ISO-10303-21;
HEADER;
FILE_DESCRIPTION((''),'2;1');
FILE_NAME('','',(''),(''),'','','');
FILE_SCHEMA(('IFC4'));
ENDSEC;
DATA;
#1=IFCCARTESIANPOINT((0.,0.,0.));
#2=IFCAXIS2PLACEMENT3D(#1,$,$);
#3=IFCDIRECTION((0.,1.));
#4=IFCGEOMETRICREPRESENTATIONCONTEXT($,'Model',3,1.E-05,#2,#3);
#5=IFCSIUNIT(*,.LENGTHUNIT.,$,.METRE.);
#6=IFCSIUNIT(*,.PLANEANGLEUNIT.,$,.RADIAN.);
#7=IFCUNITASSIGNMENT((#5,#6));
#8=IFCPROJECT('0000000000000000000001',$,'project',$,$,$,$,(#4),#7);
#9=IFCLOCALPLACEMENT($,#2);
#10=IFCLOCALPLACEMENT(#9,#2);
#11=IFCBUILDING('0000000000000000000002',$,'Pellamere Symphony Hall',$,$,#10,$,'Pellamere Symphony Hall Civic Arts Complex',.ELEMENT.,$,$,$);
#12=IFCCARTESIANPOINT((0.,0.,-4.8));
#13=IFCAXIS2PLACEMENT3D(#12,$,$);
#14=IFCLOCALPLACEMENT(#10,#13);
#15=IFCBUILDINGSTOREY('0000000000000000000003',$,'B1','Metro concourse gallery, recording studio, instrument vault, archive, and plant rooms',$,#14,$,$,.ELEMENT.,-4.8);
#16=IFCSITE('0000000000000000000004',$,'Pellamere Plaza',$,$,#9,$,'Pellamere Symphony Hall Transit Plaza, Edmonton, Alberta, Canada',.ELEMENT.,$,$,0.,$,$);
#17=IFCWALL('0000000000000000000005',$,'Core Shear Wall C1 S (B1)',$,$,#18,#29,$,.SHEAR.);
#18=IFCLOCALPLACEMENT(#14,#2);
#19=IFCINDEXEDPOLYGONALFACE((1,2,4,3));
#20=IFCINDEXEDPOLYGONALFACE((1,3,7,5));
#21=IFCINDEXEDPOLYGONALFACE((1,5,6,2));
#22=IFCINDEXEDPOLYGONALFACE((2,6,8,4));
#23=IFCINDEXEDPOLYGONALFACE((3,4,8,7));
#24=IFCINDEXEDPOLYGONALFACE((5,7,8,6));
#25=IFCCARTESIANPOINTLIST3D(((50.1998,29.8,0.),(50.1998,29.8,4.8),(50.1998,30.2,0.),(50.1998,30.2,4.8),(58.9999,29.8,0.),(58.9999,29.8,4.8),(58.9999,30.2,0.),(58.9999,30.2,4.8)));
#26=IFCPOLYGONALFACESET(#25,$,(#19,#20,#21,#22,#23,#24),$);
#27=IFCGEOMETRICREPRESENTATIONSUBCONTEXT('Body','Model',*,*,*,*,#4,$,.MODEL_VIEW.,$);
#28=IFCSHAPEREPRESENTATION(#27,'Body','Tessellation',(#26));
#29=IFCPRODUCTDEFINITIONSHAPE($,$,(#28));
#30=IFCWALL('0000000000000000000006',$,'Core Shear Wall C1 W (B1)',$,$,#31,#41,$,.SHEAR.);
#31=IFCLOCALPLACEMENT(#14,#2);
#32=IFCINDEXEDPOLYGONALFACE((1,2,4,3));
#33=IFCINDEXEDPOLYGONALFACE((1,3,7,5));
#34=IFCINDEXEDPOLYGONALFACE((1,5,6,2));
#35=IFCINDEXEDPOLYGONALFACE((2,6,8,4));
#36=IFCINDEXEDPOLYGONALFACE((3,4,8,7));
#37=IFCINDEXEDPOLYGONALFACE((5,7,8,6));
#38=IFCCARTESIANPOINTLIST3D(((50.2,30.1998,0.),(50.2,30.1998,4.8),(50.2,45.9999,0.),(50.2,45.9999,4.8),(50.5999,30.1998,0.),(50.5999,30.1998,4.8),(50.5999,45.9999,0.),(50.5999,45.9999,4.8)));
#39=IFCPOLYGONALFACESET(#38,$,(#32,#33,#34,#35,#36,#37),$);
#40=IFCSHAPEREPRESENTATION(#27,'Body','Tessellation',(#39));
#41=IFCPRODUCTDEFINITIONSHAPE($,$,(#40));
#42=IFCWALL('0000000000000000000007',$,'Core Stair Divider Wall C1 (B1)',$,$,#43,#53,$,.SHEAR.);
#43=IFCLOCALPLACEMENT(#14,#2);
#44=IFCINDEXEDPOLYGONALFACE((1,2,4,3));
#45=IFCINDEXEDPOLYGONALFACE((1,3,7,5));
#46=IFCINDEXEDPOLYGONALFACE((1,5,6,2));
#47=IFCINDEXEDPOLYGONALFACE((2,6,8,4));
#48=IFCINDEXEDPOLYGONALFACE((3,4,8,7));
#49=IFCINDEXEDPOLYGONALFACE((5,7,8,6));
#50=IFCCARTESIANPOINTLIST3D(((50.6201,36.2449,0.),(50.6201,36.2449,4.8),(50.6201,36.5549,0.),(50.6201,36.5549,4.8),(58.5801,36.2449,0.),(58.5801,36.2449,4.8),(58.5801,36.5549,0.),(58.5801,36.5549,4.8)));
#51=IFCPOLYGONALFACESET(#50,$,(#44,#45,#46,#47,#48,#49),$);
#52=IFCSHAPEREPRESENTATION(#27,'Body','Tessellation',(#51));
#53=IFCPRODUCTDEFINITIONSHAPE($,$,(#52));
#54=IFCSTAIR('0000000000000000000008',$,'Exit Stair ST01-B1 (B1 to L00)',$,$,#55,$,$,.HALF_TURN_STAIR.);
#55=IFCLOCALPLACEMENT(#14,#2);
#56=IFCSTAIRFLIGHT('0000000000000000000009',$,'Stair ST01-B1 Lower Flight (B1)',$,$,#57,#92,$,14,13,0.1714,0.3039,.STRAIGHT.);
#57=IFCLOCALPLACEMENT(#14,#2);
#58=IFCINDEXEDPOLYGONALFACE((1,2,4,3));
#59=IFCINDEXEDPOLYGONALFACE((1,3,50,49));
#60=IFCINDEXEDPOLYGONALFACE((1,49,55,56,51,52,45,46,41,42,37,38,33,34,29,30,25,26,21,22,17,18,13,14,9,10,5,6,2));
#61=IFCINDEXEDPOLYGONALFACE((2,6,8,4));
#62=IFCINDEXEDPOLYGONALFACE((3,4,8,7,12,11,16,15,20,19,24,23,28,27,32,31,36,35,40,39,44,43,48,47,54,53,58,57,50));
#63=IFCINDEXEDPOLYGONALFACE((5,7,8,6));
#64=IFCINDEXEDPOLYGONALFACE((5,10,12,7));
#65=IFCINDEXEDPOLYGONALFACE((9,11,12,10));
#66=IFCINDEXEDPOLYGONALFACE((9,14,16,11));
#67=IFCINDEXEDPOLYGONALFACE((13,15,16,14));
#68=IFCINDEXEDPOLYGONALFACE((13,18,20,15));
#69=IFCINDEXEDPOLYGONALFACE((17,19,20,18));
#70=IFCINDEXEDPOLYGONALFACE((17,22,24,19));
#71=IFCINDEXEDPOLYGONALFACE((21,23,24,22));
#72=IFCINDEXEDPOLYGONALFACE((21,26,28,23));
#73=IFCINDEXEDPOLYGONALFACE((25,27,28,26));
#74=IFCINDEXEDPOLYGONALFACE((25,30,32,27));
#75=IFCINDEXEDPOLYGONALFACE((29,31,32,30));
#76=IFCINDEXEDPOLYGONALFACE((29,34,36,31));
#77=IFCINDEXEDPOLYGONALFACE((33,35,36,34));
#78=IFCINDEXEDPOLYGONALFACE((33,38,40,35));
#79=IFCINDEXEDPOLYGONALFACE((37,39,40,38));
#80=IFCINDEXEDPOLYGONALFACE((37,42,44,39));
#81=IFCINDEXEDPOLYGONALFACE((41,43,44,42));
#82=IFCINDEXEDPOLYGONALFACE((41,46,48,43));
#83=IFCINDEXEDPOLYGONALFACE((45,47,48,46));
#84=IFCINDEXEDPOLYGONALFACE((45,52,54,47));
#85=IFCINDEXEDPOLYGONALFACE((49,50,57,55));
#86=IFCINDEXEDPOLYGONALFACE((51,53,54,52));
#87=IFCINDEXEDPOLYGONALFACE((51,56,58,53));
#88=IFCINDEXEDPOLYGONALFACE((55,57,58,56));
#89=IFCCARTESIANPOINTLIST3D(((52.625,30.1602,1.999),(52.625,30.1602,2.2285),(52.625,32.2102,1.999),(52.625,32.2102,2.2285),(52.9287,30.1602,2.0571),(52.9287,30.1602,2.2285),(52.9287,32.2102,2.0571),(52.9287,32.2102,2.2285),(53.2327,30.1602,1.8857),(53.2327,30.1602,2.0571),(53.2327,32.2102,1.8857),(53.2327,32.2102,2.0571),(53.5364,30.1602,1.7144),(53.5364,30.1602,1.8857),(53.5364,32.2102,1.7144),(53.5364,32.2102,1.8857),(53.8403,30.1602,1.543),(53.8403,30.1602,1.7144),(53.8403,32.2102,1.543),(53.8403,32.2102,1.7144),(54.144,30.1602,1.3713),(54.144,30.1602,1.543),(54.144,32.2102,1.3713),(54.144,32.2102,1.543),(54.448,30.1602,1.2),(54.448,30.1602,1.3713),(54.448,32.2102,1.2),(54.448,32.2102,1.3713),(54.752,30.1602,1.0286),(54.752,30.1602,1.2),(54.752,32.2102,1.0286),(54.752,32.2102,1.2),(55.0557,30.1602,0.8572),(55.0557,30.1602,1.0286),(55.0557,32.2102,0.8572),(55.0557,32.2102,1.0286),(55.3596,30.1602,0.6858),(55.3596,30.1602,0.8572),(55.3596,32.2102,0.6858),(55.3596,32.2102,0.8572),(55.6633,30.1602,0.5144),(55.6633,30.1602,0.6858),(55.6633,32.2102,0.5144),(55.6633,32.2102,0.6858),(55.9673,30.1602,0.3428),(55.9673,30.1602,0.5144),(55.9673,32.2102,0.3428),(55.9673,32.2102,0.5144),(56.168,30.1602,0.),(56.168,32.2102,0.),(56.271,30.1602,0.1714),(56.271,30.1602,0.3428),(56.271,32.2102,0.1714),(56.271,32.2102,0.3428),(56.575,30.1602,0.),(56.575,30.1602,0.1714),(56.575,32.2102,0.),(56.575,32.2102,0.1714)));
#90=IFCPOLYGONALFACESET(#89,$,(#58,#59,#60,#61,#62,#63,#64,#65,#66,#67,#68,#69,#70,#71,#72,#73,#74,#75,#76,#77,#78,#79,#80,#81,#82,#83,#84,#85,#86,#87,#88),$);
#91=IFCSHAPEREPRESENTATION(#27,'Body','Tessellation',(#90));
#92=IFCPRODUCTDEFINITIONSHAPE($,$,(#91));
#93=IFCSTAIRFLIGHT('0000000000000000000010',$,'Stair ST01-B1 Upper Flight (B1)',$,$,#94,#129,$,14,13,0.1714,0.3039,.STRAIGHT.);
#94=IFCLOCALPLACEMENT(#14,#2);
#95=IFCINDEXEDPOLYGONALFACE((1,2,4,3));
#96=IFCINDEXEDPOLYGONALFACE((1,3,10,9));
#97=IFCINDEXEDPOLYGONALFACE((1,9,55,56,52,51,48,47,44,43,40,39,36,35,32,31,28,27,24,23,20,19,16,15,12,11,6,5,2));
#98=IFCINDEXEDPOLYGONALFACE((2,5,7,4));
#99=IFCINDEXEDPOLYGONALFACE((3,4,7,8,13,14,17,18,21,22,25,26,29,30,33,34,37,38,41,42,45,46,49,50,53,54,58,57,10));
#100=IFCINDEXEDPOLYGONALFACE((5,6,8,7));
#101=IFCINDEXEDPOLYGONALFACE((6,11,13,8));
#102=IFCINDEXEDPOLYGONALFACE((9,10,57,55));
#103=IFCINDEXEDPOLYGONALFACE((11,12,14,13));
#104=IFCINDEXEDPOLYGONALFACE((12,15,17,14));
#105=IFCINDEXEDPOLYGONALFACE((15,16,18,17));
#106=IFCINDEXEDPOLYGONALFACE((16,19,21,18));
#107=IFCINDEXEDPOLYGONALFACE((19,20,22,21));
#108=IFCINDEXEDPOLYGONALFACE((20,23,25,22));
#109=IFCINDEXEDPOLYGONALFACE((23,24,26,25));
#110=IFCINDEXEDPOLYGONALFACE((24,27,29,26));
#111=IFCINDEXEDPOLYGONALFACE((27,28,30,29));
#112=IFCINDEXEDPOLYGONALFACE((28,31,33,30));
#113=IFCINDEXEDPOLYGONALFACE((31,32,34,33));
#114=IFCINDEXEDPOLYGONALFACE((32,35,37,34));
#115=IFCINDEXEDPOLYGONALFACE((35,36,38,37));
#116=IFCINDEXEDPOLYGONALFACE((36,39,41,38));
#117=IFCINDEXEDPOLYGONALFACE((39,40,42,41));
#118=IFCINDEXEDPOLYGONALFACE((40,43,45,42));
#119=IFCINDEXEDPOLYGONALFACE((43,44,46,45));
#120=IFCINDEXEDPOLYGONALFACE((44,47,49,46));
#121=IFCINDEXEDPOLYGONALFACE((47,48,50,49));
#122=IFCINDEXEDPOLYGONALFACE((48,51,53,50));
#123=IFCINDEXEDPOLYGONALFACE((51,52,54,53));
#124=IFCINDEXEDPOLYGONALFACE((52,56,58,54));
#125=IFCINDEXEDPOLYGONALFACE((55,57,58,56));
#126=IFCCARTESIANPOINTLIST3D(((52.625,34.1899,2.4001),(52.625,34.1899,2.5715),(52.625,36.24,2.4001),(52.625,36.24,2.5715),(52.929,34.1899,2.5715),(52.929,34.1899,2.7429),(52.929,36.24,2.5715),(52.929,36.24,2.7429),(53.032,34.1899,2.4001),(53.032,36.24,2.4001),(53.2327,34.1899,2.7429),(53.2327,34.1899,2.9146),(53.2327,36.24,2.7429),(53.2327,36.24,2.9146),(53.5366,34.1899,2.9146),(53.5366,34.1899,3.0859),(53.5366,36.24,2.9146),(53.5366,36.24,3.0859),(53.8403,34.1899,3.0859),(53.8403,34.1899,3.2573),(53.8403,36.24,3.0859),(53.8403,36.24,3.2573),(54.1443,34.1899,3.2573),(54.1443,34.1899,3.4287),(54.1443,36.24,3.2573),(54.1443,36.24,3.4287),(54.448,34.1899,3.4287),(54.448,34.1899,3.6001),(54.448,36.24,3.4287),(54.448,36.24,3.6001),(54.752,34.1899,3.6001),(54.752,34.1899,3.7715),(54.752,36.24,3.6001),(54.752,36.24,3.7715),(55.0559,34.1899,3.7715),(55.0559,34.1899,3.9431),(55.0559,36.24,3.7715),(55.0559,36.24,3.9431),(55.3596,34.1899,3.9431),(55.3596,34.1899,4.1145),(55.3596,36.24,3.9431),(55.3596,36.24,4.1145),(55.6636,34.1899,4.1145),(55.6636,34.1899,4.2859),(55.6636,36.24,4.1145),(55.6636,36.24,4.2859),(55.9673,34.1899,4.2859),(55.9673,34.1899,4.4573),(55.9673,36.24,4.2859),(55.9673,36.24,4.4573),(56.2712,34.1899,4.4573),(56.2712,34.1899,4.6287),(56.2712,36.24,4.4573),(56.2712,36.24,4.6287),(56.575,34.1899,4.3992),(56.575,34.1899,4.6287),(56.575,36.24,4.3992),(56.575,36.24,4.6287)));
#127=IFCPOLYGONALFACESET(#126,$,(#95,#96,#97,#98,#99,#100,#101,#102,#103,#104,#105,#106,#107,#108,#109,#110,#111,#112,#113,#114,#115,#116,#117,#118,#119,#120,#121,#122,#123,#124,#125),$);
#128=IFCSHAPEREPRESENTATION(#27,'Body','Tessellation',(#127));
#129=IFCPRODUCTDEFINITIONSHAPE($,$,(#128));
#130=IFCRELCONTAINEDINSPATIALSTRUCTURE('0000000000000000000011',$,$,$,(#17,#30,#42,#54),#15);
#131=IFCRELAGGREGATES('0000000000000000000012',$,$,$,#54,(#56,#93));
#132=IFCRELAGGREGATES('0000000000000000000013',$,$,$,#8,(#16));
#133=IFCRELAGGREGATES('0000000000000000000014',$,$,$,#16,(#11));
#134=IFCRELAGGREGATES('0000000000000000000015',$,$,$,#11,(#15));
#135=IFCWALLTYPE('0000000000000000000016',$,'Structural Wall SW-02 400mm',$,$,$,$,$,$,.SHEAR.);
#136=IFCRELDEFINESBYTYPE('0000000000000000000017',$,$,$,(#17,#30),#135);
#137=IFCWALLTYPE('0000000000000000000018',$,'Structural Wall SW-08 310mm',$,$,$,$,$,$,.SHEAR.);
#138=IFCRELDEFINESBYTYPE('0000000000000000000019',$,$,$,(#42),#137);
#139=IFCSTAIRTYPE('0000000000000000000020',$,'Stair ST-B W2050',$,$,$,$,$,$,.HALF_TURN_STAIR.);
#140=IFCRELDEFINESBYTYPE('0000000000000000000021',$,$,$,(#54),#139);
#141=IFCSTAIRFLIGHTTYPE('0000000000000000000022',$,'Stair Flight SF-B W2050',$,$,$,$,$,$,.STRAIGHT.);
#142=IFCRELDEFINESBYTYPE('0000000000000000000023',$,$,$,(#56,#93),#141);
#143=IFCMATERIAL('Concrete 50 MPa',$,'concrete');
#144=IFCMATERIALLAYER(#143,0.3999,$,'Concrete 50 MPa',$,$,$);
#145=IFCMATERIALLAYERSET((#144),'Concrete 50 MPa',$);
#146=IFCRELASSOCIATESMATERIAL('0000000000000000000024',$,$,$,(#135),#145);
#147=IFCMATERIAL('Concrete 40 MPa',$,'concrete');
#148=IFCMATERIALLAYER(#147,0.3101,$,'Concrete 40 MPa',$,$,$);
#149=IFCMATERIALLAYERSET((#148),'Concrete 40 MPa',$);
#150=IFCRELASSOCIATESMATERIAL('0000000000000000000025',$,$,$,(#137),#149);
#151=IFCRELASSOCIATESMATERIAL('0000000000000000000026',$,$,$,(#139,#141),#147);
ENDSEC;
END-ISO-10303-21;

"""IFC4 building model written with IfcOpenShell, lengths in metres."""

from ifc_helpers import new_model, si_unit, direction, frame, frame_2d, origin, place, context, subcontext, project, spatial, polyline, rectangle, outline, extrude, material, layer, layer_set, type_object, element, aggregate, save


model = new_model("IFC4")

# Units and contexts
model_context = context("Model", 3, precision=1e-05, world=origin(), true_north=direction((0.0, 1.0)))
body_context = subcontext(model_context, "Body", "Model", "MODEL_VIEW")
ifc_project = project(units=[si_unit("LENGTHUNIT", "METRE"), si_unit("PLANEANGLEUNIT", "RADIAN")], contexts=[model_context])

# Site, building, storey
site_placement = place(None, origin())
site = spatial("IfcSite", under=ifc_project, at=site_placement, Name="Pellamere Plaza", LongName="Pellamere Symphony Hall Transit Plaza, Edmonton, Alberta, Canada", CompositionType="ELEMENT", RefElevation=0.0)
building_placement = place(site_placement, origin())
building = spatial("IfcBuilding", under=site, at=building_placement, Name="Pellamere Symphony Hall", LongName="Pellamere Symphony Hall Civic Arts Complex", CompositionType="ELEMENT")
storey_placement = place(building_placement, frame((0.0, 0.0, -4.8)))
storey = spatial("IfcBuildingStorey", under=building, at=storey_placement, Name="B1", Description="Metro concourse gallery, recording studio, instrument vault, archive, and plant rooms", CompositionType="ELEMENT", Elevation=-4.8)

# Shared definitions
ifc_material_1 = material(Name="Concrete 40 MPa", Category="concrete")

# Shared definitions
ifc_material_2 = material(Name="Concrete 50 MPa", Category="concrete")

# Walls
ifc_layer_1 = layer(ifc_material_2, 0.3999, Name="Concrete 50 MPa")
ifc_layer_set_1 = layer_set([ifc_layer_1], Name="Concrete 50 MPa")
wall_type_1 = type_object("IfcWallType", Name="Structural Wall SW-02 400mm", PredefinedType="SHEAR", material=ifc_layer_set_1)
wall_1_placement = place(storey_placement, frame((50.2, 30.0, 0.0), z_axis=(0.0, 0.0, 1.0), x_axis=(1.0, 0.0, 0.0)))
element("IfcWall", 1, at=wall_1_placement, inside=storey, type_object=wall_type_1, Name="Core Shear Wall C1 S (B1)", PredefinedType="SHEAR", context=body_context, shape_type="SweptSolid", body=[
    extrude(rectangle(XDim=8.8, YDim=0.3999, at=frame_2d((4.3999, 0.0))), origin(), (0.0, 0.0, 1.0), 4.8),
])
wall_2_placement = place(storey_placement, frame((50.3999, 30.2, 0.0), z_axis=(0.0, 0.0, 1.0), x_axis=(0.0, 1.0, 0.0)))
element("IfcWall", 2, at=wall_2_placement, inside=storey, type_object=wall_type_1, Name="Core Shear Wall C1 W (B1)", PredefinedType="SHEAR", context=body_context, shape_type="SweptSolid", body=[
    extrude(rectangle(XDim=15.8, YDim=0.3999, at=frame_2d((7.8999, 0.0))), origin(), (0.0, 0.0, 1.0), 4.8),
])
ifc_layer_2 = layer(ifc_material_1, 0.3101, Name="Concrete 40 MPa")
ifc_layer_set_2 = layer_set([ifc_layer_2], Name="Concrete 40 MPa")
wall_type_2 = type_object("IfcWallType", Name="Structural Wall SW-08 310mm", PredefinedType="SHEAR", material=ifc_layer_set_2)
wall_3_placement = place(storey_placement, frame((50.6201, 36.3999, 0.0), z_axis=(0.0, 0.0, 1.0), x_axis=(1.0, 0.0, 0.0)))
element("IfcWall", 3, at=wall_3_placement, inside=storey, type_object=wall_type_2, Name="Core Stair Divider Wall C1 (B1)", PredefinedType="SHEAR", context=body_context, shape_type="SweptSolid", body=[
    extrude(rectangle(XDim=7.96, YDim=0.3101, at=frame_2d((3.98, 0.0))), origin(), (0.0, 0.0, 1.0), 4.8),
])

# Stair, stair flights
stair_type = type_object("IfcStairType", Name="Stair ST-B W2050", PredefinedType="HALF_TURN_STAIR", material=ifc_material_1)
stair_placement = place(storey_placement, origin())
stair = element("IfcStair", 4, at=stair_placement, inside=storey, type_object=stair_type, Name="Exit Stair ST01-B1 (B1 to L00)", PredefinedType="HALF_TURN_STAIR")
stair_flight_type = type_object("IfcStairFlightType", Name="Stair Flight SF-B W2050", PredefinedType="STRAIGHT", material=ifc_material_1)
stair_flight_1_placement = place(storey_placement, frame((56.575, 31.1851, 0.0), z_axis=(0.0, 0.0, 1.0), x_axis=(-1.0, 0.0, 0.0)))
stair_flight_1 = element("IfcStairFlight", 5, at=stair_flight_1_placement, type_object=stair_flight_type, Name="Stair ST01-B1 Lower Flight (B1)", NumberOfRisers=14, NumberOfTreads=13, PredefinedType="STRAIGHT", RiserHeight=0.1714, TreadLength=0.3039, context=body_context, shape_type="SweptSolid", body=[
    extrude(outline(polyline([(0.0, 0.0), (0.0, 0.1714), (0.304, 0.1714), (0.304, 0.3428), (0.6077, 0.3428), (0.6077, 0.5144), (0.9116, 0.5144), (0.9116, 0.6858), (1.2153, 0.6858), (1.2153, 0.8572), (1.5193, 0.8572), (1.5193, 1.0286), (1.823, 1.0286), (1.823, 1.2), (2.127, 1.2), (2.127, 1.3713), (2.4309, 1.3713), (2.4309, 1.543), (2.7346, 1.543), (2.7346, 1.7144), (3.0386, 1.7144), (3.0386, 1.8857), (3.3423, 1.8857), (3.3423, 2.0571), (3.6462, 2.0571), (3.6462, 2.2285), (3.95, 2.2285), (3.95, 2.3999), (3.95, 1.999), (0.407, 0.0), (0.0, 0.0)])), frame((0.0, 1.0249, 0.0), z_axis=(0.0, -1.0, 0.0), x_axis=(1.0, 0.0, 0.0)), (0.0, 0.0, 1.0), 2.05),
])
stair_flight_2_placement = place(storey_placement, frame((52.625, 35.2151, 2.4001), z_axis=(0.0, 0.0, 1.0), x_axis=(1.0, 0.0, 0.0)))
stair_flight_2 = element("IfcStairFlight", 6, at=stair_flight_2_placement, type_object=stair_flight_type, Name="Stair ST01-B1 Upper Flight (B1)", NumberOfRisers=14, NumberOfTreads=13, PredefinedType="STRAIGHT", RiserHeight=0.1714, TreadLength=0.3039, context=body_context, shape_type="SweptSolid", body=[
    extrude(outline(polyline([(0.0, 0.0), (0.0, 0.1714), (0.304, 0.1714), (0.304, 0.3428), (0.6077, 0.3428), (0.6077, 0.5144), (0.9116, 0.5144), (0.9116, 0.6858), (1.2153, 0.6858), (1.2153, 0.8572), (1.5193, 0.8572), (1.5193, 1.0286), (1.823, 1.0286), (1.823, 1.2), (2.127, 1.2), (2.127, 1.3713), (2.4309, 1.3713), (2.4309, 1.543), (2.7346, 1.543), (2.7346, 1.7144), (3.0386, 1.7144), (3.0386, 1.8857), (3.3423, 1.8857), (3.3423, 2.0571), (3.6462, 2.0571), (3.6462, 2.2285), (3.95, 2.2285), (3.95, 2.3999), (3.95, 1.999), (0.407, 0.0), (0.0, 0.0)])), frame((0.0, 1.0249, 0.0), z_axis=(0.0, -1.0, 0.0), x_axis=(1.0, 0.0, 0.0)), (0.0, 0.0, 1.0), 2.05),
])
aggregate(stair, [stair_flight_1, stair_flight_2])

save(model, "model.ifc")
